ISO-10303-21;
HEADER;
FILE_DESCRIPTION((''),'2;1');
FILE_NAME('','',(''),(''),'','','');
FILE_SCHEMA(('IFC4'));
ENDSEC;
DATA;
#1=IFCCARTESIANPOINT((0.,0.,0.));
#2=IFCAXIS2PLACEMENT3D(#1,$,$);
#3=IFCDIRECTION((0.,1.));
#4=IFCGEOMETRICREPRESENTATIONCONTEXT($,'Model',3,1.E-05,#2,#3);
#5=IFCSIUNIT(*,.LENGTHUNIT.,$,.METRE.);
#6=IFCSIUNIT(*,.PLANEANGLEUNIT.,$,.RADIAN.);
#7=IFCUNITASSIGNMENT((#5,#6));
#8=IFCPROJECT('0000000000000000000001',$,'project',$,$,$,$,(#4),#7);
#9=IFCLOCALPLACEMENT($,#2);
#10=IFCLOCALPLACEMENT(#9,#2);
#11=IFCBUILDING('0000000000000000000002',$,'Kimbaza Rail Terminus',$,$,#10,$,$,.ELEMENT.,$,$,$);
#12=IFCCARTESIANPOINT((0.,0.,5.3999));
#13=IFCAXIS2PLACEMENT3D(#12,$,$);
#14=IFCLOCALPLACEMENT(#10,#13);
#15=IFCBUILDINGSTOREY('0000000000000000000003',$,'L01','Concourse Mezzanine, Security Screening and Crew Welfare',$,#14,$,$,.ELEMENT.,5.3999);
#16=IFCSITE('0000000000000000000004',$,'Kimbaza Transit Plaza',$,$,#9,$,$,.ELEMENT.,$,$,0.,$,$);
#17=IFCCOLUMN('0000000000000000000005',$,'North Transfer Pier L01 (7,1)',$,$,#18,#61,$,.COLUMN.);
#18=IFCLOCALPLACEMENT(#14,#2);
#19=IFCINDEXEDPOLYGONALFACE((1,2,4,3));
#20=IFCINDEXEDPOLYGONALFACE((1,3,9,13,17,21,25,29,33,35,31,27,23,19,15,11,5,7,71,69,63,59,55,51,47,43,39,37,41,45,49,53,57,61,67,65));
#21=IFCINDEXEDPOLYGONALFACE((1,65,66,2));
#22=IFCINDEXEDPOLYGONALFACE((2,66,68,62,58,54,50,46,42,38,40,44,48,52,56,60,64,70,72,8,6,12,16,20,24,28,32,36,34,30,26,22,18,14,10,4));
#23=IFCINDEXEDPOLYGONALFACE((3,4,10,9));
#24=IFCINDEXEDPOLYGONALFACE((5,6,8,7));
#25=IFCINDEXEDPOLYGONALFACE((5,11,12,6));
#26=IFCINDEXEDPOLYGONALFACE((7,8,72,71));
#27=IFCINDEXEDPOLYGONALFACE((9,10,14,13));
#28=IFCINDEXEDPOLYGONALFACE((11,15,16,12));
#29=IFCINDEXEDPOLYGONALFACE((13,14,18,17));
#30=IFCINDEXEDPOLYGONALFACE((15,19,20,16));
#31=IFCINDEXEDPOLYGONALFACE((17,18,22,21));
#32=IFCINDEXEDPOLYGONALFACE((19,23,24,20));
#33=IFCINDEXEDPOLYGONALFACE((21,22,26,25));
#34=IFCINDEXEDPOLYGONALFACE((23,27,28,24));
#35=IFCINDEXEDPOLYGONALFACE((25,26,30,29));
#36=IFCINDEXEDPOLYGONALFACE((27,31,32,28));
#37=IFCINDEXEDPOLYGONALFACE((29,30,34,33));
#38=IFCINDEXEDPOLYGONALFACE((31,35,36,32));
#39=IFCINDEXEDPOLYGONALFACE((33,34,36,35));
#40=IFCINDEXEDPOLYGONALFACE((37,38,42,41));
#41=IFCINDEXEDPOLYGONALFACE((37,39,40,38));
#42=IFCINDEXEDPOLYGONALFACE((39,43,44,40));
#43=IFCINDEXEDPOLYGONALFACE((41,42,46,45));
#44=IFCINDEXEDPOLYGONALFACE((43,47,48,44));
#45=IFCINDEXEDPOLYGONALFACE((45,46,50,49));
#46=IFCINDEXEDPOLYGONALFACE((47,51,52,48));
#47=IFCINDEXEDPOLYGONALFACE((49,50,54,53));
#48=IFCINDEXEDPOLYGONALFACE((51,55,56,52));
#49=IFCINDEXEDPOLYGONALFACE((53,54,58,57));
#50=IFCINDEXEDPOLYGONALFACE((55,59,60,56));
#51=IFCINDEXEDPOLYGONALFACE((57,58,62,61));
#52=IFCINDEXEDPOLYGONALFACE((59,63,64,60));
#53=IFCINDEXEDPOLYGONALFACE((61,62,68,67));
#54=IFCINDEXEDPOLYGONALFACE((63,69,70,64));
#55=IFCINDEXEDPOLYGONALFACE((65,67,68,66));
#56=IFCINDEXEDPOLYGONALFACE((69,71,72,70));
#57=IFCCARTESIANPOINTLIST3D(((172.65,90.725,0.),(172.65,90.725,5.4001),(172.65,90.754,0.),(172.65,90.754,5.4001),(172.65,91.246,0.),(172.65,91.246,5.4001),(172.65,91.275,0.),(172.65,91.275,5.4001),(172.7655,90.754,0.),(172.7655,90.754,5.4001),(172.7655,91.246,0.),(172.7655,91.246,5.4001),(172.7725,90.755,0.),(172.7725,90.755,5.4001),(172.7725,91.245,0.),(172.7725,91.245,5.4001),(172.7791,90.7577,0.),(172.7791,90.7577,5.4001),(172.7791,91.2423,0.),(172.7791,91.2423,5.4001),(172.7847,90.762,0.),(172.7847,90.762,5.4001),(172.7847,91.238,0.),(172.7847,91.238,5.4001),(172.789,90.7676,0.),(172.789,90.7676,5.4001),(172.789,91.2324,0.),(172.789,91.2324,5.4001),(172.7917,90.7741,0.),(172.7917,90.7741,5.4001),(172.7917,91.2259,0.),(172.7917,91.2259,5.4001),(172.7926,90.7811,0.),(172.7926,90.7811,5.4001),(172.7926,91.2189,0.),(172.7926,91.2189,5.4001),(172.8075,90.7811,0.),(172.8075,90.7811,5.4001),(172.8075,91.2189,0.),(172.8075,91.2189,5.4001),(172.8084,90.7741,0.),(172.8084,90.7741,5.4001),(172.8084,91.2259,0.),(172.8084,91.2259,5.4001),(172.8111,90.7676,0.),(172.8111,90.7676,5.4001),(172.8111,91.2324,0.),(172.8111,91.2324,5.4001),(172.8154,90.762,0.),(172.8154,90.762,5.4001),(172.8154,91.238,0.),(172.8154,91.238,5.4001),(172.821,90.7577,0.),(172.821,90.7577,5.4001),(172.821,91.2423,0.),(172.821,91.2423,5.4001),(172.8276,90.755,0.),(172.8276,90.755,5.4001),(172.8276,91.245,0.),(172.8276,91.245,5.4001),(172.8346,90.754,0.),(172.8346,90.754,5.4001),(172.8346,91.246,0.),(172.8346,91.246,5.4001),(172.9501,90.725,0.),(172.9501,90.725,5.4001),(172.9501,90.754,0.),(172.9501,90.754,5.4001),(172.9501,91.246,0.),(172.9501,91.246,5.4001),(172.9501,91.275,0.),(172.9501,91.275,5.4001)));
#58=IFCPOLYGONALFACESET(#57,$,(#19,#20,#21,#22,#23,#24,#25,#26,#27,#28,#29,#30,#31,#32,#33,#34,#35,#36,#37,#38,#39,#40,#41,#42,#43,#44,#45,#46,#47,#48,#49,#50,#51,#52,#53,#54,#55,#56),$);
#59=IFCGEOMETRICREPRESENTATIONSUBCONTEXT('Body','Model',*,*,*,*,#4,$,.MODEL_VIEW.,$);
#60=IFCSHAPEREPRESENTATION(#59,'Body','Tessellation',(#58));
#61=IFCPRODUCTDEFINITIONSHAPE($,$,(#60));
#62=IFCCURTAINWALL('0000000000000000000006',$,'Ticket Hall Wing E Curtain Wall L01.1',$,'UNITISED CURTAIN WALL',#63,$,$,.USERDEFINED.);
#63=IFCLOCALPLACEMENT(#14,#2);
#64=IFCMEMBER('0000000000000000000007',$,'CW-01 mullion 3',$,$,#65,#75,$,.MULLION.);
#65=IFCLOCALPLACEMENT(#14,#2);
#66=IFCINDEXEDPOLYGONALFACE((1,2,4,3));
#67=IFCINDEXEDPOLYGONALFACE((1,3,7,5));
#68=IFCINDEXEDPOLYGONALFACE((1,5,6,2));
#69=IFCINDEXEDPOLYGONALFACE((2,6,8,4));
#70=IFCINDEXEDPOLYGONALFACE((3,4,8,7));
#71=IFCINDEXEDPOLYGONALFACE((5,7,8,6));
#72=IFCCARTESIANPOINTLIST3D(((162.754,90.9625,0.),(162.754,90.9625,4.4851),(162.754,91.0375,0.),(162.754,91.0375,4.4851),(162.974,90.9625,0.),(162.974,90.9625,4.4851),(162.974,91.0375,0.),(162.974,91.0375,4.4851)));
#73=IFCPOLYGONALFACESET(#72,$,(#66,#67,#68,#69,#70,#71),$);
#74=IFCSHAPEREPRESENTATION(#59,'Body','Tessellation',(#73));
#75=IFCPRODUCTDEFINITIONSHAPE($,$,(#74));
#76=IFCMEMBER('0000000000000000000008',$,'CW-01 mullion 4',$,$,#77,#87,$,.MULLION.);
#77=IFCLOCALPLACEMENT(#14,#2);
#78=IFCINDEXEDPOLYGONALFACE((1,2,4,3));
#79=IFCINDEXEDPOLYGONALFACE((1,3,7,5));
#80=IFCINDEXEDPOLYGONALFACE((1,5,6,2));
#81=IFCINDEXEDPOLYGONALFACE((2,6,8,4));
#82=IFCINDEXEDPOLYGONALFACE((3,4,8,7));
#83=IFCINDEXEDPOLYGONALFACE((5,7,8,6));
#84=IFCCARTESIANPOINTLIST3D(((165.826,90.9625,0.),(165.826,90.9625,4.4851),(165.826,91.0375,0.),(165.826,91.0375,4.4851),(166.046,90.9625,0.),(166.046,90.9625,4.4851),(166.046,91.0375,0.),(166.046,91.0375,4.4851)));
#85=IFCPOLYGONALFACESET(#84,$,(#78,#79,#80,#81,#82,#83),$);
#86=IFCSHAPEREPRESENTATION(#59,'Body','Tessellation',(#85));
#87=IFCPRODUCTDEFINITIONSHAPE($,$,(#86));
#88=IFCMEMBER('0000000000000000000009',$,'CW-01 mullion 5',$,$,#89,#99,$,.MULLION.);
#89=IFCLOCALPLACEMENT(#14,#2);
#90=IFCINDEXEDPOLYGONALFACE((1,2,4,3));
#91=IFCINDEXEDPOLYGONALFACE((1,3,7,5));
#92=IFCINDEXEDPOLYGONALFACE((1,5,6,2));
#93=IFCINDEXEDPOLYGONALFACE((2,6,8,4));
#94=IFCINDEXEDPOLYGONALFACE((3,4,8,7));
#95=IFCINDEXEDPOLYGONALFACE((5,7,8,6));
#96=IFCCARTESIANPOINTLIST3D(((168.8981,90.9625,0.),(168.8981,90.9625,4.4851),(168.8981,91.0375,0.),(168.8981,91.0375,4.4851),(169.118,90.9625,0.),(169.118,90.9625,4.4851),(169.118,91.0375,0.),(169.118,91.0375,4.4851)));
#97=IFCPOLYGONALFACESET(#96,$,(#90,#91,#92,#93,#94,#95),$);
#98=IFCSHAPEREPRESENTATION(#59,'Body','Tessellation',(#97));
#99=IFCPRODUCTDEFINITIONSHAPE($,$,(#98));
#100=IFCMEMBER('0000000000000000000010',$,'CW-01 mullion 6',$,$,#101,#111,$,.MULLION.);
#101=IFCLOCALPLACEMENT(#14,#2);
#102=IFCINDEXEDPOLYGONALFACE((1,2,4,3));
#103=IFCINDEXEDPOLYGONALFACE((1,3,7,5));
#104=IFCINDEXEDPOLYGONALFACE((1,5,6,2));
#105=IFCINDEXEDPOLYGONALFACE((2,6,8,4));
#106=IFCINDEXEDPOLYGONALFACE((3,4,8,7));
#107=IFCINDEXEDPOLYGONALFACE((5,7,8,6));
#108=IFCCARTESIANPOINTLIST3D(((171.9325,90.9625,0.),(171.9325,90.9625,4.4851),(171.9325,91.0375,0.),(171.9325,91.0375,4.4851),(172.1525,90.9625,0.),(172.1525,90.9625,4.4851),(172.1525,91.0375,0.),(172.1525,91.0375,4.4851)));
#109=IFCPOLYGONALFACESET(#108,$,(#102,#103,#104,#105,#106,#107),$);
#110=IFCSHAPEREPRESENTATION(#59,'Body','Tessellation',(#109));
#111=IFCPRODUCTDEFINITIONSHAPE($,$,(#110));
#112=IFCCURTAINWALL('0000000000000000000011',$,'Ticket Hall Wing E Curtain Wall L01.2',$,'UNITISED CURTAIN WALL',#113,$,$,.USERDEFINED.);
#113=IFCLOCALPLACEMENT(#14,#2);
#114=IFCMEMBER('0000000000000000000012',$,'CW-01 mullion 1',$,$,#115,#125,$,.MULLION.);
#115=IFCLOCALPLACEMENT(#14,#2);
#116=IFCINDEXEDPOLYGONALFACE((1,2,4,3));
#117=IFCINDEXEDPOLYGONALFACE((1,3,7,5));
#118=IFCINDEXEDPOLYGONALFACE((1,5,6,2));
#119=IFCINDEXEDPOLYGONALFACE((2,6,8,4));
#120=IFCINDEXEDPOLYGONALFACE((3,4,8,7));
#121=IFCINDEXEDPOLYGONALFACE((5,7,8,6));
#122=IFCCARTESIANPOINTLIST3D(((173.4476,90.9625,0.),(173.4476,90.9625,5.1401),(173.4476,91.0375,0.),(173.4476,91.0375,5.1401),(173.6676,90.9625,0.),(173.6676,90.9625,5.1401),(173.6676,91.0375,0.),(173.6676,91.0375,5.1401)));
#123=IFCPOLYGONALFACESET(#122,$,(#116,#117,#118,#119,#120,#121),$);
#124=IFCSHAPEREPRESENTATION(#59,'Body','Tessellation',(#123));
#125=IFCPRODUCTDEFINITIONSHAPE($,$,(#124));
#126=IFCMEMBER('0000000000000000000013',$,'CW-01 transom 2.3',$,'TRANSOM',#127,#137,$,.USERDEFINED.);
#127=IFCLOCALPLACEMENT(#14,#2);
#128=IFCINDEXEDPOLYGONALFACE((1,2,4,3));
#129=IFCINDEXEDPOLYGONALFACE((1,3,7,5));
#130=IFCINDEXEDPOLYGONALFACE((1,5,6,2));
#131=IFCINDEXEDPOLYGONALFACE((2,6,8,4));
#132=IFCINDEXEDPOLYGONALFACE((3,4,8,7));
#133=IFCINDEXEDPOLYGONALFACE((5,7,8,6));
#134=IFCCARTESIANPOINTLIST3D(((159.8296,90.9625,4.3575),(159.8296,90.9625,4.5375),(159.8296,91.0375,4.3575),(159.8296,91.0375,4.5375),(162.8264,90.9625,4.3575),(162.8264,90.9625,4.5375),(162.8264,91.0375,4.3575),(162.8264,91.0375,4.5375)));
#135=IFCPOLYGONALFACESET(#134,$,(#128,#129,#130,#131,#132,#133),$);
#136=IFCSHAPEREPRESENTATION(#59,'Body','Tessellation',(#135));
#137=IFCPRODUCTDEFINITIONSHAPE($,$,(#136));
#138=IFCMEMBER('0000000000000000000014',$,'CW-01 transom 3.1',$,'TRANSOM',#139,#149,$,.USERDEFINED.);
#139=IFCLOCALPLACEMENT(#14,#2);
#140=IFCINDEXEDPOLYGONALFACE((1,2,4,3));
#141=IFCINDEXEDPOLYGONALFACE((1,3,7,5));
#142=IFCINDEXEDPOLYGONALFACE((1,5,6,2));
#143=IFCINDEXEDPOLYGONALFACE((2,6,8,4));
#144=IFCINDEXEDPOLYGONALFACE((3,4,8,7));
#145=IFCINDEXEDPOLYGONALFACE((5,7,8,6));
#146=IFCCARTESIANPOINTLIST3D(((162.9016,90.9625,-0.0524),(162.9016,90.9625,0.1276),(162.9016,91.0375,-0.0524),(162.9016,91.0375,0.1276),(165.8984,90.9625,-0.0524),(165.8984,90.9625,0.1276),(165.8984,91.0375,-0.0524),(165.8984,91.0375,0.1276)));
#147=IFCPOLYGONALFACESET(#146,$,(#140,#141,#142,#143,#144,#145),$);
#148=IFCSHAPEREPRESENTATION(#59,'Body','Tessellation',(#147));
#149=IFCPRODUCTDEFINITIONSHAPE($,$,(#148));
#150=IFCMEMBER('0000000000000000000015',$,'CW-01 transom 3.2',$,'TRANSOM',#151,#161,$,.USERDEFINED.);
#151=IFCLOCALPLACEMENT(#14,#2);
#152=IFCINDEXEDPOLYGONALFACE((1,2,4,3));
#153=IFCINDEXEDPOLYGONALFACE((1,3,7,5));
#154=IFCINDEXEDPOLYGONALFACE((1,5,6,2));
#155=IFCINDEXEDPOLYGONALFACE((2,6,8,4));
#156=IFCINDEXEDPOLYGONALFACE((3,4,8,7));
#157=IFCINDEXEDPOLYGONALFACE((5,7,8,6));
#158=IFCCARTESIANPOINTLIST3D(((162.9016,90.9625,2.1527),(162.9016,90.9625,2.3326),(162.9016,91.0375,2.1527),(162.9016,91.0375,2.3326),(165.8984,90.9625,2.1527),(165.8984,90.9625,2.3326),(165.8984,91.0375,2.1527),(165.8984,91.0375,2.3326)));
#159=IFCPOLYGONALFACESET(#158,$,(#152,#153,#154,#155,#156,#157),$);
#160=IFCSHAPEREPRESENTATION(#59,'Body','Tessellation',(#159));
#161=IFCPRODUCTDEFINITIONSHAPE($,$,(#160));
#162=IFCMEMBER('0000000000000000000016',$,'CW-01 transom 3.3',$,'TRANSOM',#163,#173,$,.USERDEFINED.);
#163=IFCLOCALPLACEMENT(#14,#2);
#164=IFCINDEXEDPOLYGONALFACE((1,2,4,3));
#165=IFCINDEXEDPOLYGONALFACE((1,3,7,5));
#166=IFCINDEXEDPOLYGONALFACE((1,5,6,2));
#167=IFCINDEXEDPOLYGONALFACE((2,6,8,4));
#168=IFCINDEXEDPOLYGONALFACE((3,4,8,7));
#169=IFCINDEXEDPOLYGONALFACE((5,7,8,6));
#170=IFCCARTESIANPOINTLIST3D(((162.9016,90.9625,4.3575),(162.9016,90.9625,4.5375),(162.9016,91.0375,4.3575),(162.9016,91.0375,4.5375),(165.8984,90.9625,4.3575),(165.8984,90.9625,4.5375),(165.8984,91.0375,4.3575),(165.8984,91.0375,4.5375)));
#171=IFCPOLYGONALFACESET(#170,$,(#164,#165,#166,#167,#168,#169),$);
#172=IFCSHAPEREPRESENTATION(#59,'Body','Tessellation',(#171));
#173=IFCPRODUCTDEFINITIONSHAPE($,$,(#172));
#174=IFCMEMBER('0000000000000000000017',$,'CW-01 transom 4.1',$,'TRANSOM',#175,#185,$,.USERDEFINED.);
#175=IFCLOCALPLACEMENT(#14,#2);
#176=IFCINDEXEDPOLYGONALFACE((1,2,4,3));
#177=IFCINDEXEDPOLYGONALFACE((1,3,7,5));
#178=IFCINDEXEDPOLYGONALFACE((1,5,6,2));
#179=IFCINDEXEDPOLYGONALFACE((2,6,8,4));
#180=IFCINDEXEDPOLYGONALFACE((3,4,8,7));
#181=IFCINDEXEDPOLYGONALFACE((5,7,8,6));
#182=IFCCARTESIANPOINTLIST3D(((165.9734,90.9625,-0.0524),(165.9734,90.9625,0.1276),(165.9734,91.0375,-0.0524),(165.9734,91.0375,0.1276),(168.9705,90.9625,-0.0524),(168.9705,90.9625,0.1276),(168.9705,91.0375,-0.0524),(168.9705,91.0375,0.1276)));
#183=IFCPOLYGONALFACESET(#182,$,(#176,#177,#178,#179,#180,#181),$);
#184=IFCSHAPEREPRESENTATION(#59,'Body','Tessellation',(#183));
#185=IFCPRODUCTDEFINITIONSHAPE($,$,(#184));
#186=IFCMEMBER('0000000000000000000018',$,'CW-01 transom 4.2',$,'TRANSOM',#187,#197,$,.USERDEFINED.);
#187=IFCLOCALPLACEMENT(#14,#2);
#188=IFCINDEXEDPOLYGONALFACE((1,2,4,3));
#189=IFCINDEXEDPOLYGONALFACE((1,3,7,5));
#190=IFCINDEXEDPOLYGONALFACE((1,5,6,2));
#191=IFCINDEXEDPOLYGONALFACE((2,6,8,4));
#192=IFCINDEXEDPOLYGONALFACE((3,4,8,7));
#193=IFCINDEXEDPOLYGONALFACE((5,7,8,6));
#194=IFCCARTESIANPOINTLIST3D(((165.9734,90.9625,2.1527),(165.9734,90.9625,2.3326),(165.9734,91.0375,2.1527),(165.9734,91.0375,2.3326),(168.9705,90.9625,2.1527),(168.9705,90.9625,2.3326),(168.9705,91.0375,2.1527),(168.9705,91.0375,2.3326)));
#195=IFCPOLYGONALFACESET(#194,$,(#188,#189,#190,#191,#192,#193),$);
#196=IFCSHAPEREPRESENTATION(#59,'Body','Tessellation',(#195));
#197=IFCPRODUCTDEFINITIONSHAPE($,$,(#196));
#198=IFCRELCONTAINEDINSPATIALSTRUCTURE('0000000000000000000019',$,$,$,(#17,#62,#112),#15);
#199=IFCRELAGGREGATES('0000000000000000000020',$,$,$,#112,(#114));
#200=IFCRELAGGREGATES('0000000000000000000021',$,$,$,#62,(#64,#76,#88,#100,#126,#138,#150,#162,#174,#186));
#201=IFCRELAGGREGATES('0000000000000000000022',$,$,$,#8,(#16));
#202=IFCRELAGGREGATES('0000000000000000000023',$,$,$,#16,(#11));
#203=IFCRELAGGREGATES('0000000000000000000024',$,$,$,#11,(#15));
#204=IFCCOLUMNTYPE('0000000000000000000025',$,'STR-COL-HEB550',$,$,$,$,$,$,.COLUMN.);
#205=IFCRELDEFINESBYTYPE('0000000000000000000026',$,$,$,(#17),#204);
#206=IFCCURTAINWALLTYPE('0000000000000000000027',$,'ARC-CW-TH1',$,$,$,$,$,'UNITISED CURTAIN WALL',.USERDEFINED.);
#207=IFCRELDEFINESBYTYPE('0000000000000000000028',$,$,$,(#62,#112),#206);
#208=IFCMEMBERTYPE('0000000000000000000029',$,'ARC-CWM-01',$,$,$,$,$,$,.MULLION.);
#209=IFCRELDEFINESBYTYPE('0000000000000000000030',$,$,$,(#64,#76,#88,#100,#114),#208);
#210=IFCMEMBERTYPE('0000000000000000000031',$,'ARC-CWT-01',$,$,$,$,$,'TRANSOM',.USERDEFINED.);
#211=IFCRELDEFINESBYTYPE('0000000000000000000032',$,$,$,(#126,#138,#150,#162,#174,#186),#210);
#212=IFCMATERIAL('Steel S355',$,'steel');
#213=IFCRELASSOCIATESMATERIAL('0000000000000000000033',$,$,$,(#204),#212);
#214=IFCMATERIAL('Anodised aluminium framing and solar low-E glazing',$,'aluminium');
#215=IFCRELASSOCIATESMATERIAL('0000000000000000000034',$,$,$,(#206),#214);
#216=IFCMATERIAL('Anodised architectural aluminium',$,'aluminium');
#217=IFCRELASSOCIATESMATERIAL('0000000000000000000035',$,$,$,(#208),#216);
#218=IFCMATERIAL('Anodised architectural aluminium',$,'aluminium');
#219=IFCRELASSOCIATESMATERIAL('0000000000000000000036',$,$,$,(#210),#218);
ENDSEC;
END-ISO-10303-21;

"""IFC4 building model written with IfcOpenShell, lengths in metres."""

from ifc_helpers import new_model, si_unit, direction, frame, origin, origin_2d, place, context, subcontext, project, spatial, rectangle, i_section, extrude, material, material_profile, profile_set, type_object, element, aggregate, save


model = new_model("IFC4")

# Units and contexts
model_context = context("Model", 3, precision=1e-05, world=origin(), true_north=direction((0.0, 1.0)))
body_context = subcontext(model_context, "Body", "Model", "MODEL_VIEW")
ifc_project = project(units=[si_unit("LENGTHUNIT", "METRE"), si_unit("PLANEANGLEUNIT", "RADIAN")], contexts=[model_context])

# Site, building, storey
site_placement = place(None, origin())
site = spatial("IfcSite", under=ifc_project, at=site_placement, Name="Kimbaza Transit Plaza", CompositionType="ELEMENT", RefElevation=0.0)
building_placement = place(site_placement, origin())
building = spatial("IfcBuilding", under=site, at=building_placement, Name="Kimbaza Rail Terminus", CompositionType="ELEMENT")
storey_placement = place(building_placement, frame((0.0, 0.0, 5.3999)))
storey = spatial("IfcBuildingStorey", under=building, at=storey_placement, Name="L01", Description="Concourse Mezzanine, Security Screening and Crew Welfare", CompositionType="ELEMENT", Elevation=5.3999)

# Column
ifc_material_1 = material(Name="Steel S355", Category="steel")
ifc_material_profile_1 = material_profile(ifc_material_1, i_section(OverallWidth=0.3, OverallDepth=0.55, WebThickness=0.0149, FlangeThickness=0.0291, FilletRadius=0.0271, at=origin_2d()), Name="HEB 550")
ifc_profile_set_1 = profile_set([ifc_material_profile_1], Name="Steel S355")
column_type = type_object("IfcColumnType", Name="STR-COL-HEB550", PredefinedType="COLUMN", material=ifc_profile_set_1)
column_placement = place(storey_placement, frame((172.8, 91.0, 0.0), z_axis=(0.0, 0.0, 1.0), x_axis=(1.0, 0.0, 0.0)))
element("IfcColumn", 1, at=column_placement, inside=storey, type_object=column_type, Name="North Transfer Pier L01 (7,1)", PredefinedType="COLUMN", context=body_context, shape_type="SweptSolid", body=[
    extrude(i_section(OverallWidth=0.3, OverallDepth=0.55, WebThickness=0.0149, FlangeThickness=0.0291, FilletRadius=0.0271, at=origin_2d()), origin(), (0.0, 0.0, 1.0), 5.4001),
])

# Curtain wall, members
ifc_material_2 = material(Name="Anodised aluminium framing and solar low-E glazing", Category="aluminium")
curtain_wall_type = type_object("IfcCurtainWallType", Name="ARC-CW-TH1", ElementType="UNITISED CURTAIN WALL", PredefinedType="USERDEFINED", material=ifc_material_2)
curtain_wall_1_placement = place(storey_placement, origin())
curtain_wall_1 = element("IfcCurtainWall", 2, at=curtain_wall_1_placement, inside=storey, type_object=curtain_wall_type, Name="Ticket Hall Wing E Curtain Wall L01.1", ObjectType="UNITISED CURTAIN WALL", PredefinedType="USERDEFINED")
ifc_material_3 = material(Name="Anodised architectural aluminium", Category="aluminium")
ifc_material_profile_2 = material_profile(ifc_material_3, rectangle(XDim=0.075, YDim=0.22, at=origin_2d()), Name="MULLION 75x220")
ifc_profile_set_2 = profile_set([ifc_material_profile_2], Name="Anodised architectural aluminium")
member_type_1 = type_object("IfcMemberType", Name="ARC-CWM-01", PredefinedType="MULLION", material=ifc_profile_set_2)
member_1_placement = place(storey_placement, frame((162.864, 91.0, 0.0), z_axis=(0.0, 0.0, 1.0), x_axis=(0.0, 1.0, 0.0)))
member_1 = element("IfcMember", 3, at=member_1_placement, type_object=member_type_1, Name="CW-01 mullion 3", PredefinedType="MULLION", context=body_context, shape_type="SweptSolid", body=[
    extrude(rectangle(XDim=0.075, YDim=0.22, at=origin_2d()), origin(), (0.0, 0.0, 1.0), 4.4851),
])
member_2_placement = place(storey_placement, frame((165.936, 91.0, 0.0), z_axis=(0.0, 0.0, 1.0), x_axis=(0.0, 1.0, 0.0)))
member_2 = element("IfcMember", 4, at=member_2_placement, type_object=member_type_1, Name="CW-01 mullion 4", PredefinedType="MULLION", context=body_context, shape_type="SweptSolid", body=[
    extrude(rectangle(XDim=0.075, YDim=0.22, at=origin_2d()), origin(), (0.0, 0.0, 1.0), 4.4851),
])
member_3_placement = place(storey_placement, frame((169.0081, 91.0, 0.0), z_axis=(0.0, 0.0, 1.0), x_axis=(0.0, 1.0, 0.0)))
member_3 = element("IfcMember", 5, at=member_3_placement, type_object=member_type_1, Name="CW-01 mullion 5", PredefinedType="MULLION", context=body_context, shape_type="SweptSolid", body=[
    extrude(rectangle(XDim=0.075, YDim=0.22, at=origin_2d()), origin(), (0.0, 0.0, 1.0), 4.4851),
])
member_4_placement = place(storey_placement, frame((172.0425, 91.0, 0.0), z_axis=(0.0, 0.0, 1.0), x_axis=(0.0, 1.0, 0.0)))
member_4 = element("IfcMember", 6, at=member_4_placement, type_object=member_type_1, Name="CW-01 mullion 6", PredefinedType="MULLION", context=body_context, shape_type="SweptSolid", body=[
    extrude(rectangle(XDim=0.075, YDim=0.22, at=origin_2d()), origin(), (0.0, 0.0, 1.0), 4.4851),
])

# Curtain wall, member
curtain_wall_2_placement = place(storey_placement, origin())
curtain_wall_2 = element("IfcCurtainWall", 7, at=curtain_wall_2_placement, inside=storey, type_object=curtain_wall_type, Name="Ticket Hall Wing E Curtain Wall L01.2", ObjectType="UNITISED CURTAIN WALL", PredefinedType="USERDEFINED")
member_5_placement = place(storey_placement, frame((173.5576, 91.0, 0.0), z_axis=(0.0, 0.0, 1.0), x_axis=(0.0, 1.0, 0.0)))
member_5 = element("IfcMember", 8, at=member_5_placement, type_object=member_type_1, Name="CW-01 mullion 1", PredefinedType="MULLION", context=body_context, shape_type="SweptSolid", body=[
    extrude(rectangle(XDim=0.075, YDim=0.22, at=origin_2d()), origin(), (0.0, 0.0, 1.0), 5.1401),
])
aggregate(curtain_wall_2, [member_5])

# Members
ifc_material_4 = material(Name="Anodised architectural aluminium", Category="aluminium")
ifc_material_profile_3 = material_profile(ifc_material_4, rectangle(XDim=0.075, YDim=0.1799, at=origin_2d()), Name="TRANSOM 75x180")
ifc_profile_set_3 = profile_set([ifc_material_profile_3], Name="Anodised architectural aluminium")
member_type_2 = type_object("IfcMemberType", Name="ARC-CWT-01", ElementType="TRANSOM", PredefinedType="USERDEFINED", material=ifc_profile_set_3)
member_6_placement = place(storey_placement, frame((159.8296, 91.0, 4.4475), z_axis=(1.0, 0.0, 0.0), x_axis=(0.0, 1.0, 0.0)))
member_6 = element("IfcMember", 9, at=member_6_placement, type_object=member_type_2, Name="CW-01 transom 2.3", ObjectType="TRANSOM", PredefinedType="USERDEFINED", context=body_context, shape_type="SweptSolid", body=[
    extrude(rectangle(XDim=0.075, YDim=0.1799, at=origin_2d()), origin(), (0.0, 0.0, 1.0), 2.9968),
])
member_7_placement = place(storey_placement, frame((162.9016, 91.0, 0.0376), z_axis=(1.0, 0.0, 0.0), x_axis=(0.0, 1.0, 0.0)))
member_7 = element("IfcMember", 10, at=member_7_placement, type_object=member_type_2, Name="CW-01 transom 3.1", ObjectType="TRANSOM", PredefinedType="USERDEFINED", context=body_context, shape_type="SweptSolid", body=[
    extrude(rectangle(XDim=0.075, YDim=0.1799, at=origin_2d()), origin(), (0.0, 0.0, 1.0), 2.9968),
])
member_8_placement = place(storey_placement, frame((162.9016, 91.0, 2.2427), z_axis=(1.0, 0.0, 0.0), x_axis=(0.0, 1.0, 0.0)))
member_8 = element("IfcMember", 11, at=member_8_placement, type_object=member_type_2, Name="CW-01 transom 3.2", ObjectType="TRANSOM", PredefinedType="USERDEFINED", context=body_context, shape_type="SweptSolid", body=[
    extrude(rectangle(XDim=0.075, YDim=0.1799, at=origin_2d()), origin(), (0.0, 0.0, 1.0), 2.9968),
])
member_9_placement = place(storey_placement, frame((162.9016, 91.0, 4.4475), z_axis=(1.0, 0.0, 0.0), x_axis=(0.0, 1.0, 0.0)))
member_9 = element("IfcMember", 12, at=member_9_placement, type_object=member_type_2, Name="CW-01 transom 3.3", ObjectType="TRANSOM", PredefinedType="USERDEFINED", context=body_context, shape_type="SweptSolid", body=[
    extrude(rectangle(XDim=0.075, YDim=0.1799, at=origin_2d()), origin(), (0.0, 0.0, 1.0), 2.9968),
])
member_10_placement = place(storey_placement, frame((165.9734, 91.0, 0.0376), z_axis=(1.0, 0.0, 0.0), x_axis=(0.0, 1.0, 0.0)))
member_10 = element("IfcMember", 13, at=member_10_placement, type_object=member_type_2, Name="CW-01 transom 4.1", ObjectType="TRANSOM", PredefinedType="USERDEFINED", context=body_context, shape_type="SweptSolid", body=[
    extrude(rectangle(XDim=0.075, YDim=0.1799, at=origin_2d()), origin(), (0.0, 0.0, 1.0), 2.9971),
])
member_11_placement = place(storey_placement, frame((165.9734, 91.0, 2.2427), z_axis=(1.0, 0.0, 0.0), x_axis=(0.0, 1.0, 0.0)))
member_11 = element("IfcMember", 14, at=member_11_placement, type_object=member_type_2, Name="CW-01 transom 4.2", ObjectType="TRANSOM", PredefinedType="USERDEFINED", context=body_context, shape_type="SweptSolid", body=[
    extrude(rectangle(XDim=0.075, YDim=0.1799, at=origin_2d()), origin(), (0.0, 0.0, 1.0), 2.9971),
])

aggregate(curtain_wall_1, [member_1, member_2, member_3, member_4, member_6, member_7, member_8, member_9, member_10, member_11])

save(model, "model.ifc")
